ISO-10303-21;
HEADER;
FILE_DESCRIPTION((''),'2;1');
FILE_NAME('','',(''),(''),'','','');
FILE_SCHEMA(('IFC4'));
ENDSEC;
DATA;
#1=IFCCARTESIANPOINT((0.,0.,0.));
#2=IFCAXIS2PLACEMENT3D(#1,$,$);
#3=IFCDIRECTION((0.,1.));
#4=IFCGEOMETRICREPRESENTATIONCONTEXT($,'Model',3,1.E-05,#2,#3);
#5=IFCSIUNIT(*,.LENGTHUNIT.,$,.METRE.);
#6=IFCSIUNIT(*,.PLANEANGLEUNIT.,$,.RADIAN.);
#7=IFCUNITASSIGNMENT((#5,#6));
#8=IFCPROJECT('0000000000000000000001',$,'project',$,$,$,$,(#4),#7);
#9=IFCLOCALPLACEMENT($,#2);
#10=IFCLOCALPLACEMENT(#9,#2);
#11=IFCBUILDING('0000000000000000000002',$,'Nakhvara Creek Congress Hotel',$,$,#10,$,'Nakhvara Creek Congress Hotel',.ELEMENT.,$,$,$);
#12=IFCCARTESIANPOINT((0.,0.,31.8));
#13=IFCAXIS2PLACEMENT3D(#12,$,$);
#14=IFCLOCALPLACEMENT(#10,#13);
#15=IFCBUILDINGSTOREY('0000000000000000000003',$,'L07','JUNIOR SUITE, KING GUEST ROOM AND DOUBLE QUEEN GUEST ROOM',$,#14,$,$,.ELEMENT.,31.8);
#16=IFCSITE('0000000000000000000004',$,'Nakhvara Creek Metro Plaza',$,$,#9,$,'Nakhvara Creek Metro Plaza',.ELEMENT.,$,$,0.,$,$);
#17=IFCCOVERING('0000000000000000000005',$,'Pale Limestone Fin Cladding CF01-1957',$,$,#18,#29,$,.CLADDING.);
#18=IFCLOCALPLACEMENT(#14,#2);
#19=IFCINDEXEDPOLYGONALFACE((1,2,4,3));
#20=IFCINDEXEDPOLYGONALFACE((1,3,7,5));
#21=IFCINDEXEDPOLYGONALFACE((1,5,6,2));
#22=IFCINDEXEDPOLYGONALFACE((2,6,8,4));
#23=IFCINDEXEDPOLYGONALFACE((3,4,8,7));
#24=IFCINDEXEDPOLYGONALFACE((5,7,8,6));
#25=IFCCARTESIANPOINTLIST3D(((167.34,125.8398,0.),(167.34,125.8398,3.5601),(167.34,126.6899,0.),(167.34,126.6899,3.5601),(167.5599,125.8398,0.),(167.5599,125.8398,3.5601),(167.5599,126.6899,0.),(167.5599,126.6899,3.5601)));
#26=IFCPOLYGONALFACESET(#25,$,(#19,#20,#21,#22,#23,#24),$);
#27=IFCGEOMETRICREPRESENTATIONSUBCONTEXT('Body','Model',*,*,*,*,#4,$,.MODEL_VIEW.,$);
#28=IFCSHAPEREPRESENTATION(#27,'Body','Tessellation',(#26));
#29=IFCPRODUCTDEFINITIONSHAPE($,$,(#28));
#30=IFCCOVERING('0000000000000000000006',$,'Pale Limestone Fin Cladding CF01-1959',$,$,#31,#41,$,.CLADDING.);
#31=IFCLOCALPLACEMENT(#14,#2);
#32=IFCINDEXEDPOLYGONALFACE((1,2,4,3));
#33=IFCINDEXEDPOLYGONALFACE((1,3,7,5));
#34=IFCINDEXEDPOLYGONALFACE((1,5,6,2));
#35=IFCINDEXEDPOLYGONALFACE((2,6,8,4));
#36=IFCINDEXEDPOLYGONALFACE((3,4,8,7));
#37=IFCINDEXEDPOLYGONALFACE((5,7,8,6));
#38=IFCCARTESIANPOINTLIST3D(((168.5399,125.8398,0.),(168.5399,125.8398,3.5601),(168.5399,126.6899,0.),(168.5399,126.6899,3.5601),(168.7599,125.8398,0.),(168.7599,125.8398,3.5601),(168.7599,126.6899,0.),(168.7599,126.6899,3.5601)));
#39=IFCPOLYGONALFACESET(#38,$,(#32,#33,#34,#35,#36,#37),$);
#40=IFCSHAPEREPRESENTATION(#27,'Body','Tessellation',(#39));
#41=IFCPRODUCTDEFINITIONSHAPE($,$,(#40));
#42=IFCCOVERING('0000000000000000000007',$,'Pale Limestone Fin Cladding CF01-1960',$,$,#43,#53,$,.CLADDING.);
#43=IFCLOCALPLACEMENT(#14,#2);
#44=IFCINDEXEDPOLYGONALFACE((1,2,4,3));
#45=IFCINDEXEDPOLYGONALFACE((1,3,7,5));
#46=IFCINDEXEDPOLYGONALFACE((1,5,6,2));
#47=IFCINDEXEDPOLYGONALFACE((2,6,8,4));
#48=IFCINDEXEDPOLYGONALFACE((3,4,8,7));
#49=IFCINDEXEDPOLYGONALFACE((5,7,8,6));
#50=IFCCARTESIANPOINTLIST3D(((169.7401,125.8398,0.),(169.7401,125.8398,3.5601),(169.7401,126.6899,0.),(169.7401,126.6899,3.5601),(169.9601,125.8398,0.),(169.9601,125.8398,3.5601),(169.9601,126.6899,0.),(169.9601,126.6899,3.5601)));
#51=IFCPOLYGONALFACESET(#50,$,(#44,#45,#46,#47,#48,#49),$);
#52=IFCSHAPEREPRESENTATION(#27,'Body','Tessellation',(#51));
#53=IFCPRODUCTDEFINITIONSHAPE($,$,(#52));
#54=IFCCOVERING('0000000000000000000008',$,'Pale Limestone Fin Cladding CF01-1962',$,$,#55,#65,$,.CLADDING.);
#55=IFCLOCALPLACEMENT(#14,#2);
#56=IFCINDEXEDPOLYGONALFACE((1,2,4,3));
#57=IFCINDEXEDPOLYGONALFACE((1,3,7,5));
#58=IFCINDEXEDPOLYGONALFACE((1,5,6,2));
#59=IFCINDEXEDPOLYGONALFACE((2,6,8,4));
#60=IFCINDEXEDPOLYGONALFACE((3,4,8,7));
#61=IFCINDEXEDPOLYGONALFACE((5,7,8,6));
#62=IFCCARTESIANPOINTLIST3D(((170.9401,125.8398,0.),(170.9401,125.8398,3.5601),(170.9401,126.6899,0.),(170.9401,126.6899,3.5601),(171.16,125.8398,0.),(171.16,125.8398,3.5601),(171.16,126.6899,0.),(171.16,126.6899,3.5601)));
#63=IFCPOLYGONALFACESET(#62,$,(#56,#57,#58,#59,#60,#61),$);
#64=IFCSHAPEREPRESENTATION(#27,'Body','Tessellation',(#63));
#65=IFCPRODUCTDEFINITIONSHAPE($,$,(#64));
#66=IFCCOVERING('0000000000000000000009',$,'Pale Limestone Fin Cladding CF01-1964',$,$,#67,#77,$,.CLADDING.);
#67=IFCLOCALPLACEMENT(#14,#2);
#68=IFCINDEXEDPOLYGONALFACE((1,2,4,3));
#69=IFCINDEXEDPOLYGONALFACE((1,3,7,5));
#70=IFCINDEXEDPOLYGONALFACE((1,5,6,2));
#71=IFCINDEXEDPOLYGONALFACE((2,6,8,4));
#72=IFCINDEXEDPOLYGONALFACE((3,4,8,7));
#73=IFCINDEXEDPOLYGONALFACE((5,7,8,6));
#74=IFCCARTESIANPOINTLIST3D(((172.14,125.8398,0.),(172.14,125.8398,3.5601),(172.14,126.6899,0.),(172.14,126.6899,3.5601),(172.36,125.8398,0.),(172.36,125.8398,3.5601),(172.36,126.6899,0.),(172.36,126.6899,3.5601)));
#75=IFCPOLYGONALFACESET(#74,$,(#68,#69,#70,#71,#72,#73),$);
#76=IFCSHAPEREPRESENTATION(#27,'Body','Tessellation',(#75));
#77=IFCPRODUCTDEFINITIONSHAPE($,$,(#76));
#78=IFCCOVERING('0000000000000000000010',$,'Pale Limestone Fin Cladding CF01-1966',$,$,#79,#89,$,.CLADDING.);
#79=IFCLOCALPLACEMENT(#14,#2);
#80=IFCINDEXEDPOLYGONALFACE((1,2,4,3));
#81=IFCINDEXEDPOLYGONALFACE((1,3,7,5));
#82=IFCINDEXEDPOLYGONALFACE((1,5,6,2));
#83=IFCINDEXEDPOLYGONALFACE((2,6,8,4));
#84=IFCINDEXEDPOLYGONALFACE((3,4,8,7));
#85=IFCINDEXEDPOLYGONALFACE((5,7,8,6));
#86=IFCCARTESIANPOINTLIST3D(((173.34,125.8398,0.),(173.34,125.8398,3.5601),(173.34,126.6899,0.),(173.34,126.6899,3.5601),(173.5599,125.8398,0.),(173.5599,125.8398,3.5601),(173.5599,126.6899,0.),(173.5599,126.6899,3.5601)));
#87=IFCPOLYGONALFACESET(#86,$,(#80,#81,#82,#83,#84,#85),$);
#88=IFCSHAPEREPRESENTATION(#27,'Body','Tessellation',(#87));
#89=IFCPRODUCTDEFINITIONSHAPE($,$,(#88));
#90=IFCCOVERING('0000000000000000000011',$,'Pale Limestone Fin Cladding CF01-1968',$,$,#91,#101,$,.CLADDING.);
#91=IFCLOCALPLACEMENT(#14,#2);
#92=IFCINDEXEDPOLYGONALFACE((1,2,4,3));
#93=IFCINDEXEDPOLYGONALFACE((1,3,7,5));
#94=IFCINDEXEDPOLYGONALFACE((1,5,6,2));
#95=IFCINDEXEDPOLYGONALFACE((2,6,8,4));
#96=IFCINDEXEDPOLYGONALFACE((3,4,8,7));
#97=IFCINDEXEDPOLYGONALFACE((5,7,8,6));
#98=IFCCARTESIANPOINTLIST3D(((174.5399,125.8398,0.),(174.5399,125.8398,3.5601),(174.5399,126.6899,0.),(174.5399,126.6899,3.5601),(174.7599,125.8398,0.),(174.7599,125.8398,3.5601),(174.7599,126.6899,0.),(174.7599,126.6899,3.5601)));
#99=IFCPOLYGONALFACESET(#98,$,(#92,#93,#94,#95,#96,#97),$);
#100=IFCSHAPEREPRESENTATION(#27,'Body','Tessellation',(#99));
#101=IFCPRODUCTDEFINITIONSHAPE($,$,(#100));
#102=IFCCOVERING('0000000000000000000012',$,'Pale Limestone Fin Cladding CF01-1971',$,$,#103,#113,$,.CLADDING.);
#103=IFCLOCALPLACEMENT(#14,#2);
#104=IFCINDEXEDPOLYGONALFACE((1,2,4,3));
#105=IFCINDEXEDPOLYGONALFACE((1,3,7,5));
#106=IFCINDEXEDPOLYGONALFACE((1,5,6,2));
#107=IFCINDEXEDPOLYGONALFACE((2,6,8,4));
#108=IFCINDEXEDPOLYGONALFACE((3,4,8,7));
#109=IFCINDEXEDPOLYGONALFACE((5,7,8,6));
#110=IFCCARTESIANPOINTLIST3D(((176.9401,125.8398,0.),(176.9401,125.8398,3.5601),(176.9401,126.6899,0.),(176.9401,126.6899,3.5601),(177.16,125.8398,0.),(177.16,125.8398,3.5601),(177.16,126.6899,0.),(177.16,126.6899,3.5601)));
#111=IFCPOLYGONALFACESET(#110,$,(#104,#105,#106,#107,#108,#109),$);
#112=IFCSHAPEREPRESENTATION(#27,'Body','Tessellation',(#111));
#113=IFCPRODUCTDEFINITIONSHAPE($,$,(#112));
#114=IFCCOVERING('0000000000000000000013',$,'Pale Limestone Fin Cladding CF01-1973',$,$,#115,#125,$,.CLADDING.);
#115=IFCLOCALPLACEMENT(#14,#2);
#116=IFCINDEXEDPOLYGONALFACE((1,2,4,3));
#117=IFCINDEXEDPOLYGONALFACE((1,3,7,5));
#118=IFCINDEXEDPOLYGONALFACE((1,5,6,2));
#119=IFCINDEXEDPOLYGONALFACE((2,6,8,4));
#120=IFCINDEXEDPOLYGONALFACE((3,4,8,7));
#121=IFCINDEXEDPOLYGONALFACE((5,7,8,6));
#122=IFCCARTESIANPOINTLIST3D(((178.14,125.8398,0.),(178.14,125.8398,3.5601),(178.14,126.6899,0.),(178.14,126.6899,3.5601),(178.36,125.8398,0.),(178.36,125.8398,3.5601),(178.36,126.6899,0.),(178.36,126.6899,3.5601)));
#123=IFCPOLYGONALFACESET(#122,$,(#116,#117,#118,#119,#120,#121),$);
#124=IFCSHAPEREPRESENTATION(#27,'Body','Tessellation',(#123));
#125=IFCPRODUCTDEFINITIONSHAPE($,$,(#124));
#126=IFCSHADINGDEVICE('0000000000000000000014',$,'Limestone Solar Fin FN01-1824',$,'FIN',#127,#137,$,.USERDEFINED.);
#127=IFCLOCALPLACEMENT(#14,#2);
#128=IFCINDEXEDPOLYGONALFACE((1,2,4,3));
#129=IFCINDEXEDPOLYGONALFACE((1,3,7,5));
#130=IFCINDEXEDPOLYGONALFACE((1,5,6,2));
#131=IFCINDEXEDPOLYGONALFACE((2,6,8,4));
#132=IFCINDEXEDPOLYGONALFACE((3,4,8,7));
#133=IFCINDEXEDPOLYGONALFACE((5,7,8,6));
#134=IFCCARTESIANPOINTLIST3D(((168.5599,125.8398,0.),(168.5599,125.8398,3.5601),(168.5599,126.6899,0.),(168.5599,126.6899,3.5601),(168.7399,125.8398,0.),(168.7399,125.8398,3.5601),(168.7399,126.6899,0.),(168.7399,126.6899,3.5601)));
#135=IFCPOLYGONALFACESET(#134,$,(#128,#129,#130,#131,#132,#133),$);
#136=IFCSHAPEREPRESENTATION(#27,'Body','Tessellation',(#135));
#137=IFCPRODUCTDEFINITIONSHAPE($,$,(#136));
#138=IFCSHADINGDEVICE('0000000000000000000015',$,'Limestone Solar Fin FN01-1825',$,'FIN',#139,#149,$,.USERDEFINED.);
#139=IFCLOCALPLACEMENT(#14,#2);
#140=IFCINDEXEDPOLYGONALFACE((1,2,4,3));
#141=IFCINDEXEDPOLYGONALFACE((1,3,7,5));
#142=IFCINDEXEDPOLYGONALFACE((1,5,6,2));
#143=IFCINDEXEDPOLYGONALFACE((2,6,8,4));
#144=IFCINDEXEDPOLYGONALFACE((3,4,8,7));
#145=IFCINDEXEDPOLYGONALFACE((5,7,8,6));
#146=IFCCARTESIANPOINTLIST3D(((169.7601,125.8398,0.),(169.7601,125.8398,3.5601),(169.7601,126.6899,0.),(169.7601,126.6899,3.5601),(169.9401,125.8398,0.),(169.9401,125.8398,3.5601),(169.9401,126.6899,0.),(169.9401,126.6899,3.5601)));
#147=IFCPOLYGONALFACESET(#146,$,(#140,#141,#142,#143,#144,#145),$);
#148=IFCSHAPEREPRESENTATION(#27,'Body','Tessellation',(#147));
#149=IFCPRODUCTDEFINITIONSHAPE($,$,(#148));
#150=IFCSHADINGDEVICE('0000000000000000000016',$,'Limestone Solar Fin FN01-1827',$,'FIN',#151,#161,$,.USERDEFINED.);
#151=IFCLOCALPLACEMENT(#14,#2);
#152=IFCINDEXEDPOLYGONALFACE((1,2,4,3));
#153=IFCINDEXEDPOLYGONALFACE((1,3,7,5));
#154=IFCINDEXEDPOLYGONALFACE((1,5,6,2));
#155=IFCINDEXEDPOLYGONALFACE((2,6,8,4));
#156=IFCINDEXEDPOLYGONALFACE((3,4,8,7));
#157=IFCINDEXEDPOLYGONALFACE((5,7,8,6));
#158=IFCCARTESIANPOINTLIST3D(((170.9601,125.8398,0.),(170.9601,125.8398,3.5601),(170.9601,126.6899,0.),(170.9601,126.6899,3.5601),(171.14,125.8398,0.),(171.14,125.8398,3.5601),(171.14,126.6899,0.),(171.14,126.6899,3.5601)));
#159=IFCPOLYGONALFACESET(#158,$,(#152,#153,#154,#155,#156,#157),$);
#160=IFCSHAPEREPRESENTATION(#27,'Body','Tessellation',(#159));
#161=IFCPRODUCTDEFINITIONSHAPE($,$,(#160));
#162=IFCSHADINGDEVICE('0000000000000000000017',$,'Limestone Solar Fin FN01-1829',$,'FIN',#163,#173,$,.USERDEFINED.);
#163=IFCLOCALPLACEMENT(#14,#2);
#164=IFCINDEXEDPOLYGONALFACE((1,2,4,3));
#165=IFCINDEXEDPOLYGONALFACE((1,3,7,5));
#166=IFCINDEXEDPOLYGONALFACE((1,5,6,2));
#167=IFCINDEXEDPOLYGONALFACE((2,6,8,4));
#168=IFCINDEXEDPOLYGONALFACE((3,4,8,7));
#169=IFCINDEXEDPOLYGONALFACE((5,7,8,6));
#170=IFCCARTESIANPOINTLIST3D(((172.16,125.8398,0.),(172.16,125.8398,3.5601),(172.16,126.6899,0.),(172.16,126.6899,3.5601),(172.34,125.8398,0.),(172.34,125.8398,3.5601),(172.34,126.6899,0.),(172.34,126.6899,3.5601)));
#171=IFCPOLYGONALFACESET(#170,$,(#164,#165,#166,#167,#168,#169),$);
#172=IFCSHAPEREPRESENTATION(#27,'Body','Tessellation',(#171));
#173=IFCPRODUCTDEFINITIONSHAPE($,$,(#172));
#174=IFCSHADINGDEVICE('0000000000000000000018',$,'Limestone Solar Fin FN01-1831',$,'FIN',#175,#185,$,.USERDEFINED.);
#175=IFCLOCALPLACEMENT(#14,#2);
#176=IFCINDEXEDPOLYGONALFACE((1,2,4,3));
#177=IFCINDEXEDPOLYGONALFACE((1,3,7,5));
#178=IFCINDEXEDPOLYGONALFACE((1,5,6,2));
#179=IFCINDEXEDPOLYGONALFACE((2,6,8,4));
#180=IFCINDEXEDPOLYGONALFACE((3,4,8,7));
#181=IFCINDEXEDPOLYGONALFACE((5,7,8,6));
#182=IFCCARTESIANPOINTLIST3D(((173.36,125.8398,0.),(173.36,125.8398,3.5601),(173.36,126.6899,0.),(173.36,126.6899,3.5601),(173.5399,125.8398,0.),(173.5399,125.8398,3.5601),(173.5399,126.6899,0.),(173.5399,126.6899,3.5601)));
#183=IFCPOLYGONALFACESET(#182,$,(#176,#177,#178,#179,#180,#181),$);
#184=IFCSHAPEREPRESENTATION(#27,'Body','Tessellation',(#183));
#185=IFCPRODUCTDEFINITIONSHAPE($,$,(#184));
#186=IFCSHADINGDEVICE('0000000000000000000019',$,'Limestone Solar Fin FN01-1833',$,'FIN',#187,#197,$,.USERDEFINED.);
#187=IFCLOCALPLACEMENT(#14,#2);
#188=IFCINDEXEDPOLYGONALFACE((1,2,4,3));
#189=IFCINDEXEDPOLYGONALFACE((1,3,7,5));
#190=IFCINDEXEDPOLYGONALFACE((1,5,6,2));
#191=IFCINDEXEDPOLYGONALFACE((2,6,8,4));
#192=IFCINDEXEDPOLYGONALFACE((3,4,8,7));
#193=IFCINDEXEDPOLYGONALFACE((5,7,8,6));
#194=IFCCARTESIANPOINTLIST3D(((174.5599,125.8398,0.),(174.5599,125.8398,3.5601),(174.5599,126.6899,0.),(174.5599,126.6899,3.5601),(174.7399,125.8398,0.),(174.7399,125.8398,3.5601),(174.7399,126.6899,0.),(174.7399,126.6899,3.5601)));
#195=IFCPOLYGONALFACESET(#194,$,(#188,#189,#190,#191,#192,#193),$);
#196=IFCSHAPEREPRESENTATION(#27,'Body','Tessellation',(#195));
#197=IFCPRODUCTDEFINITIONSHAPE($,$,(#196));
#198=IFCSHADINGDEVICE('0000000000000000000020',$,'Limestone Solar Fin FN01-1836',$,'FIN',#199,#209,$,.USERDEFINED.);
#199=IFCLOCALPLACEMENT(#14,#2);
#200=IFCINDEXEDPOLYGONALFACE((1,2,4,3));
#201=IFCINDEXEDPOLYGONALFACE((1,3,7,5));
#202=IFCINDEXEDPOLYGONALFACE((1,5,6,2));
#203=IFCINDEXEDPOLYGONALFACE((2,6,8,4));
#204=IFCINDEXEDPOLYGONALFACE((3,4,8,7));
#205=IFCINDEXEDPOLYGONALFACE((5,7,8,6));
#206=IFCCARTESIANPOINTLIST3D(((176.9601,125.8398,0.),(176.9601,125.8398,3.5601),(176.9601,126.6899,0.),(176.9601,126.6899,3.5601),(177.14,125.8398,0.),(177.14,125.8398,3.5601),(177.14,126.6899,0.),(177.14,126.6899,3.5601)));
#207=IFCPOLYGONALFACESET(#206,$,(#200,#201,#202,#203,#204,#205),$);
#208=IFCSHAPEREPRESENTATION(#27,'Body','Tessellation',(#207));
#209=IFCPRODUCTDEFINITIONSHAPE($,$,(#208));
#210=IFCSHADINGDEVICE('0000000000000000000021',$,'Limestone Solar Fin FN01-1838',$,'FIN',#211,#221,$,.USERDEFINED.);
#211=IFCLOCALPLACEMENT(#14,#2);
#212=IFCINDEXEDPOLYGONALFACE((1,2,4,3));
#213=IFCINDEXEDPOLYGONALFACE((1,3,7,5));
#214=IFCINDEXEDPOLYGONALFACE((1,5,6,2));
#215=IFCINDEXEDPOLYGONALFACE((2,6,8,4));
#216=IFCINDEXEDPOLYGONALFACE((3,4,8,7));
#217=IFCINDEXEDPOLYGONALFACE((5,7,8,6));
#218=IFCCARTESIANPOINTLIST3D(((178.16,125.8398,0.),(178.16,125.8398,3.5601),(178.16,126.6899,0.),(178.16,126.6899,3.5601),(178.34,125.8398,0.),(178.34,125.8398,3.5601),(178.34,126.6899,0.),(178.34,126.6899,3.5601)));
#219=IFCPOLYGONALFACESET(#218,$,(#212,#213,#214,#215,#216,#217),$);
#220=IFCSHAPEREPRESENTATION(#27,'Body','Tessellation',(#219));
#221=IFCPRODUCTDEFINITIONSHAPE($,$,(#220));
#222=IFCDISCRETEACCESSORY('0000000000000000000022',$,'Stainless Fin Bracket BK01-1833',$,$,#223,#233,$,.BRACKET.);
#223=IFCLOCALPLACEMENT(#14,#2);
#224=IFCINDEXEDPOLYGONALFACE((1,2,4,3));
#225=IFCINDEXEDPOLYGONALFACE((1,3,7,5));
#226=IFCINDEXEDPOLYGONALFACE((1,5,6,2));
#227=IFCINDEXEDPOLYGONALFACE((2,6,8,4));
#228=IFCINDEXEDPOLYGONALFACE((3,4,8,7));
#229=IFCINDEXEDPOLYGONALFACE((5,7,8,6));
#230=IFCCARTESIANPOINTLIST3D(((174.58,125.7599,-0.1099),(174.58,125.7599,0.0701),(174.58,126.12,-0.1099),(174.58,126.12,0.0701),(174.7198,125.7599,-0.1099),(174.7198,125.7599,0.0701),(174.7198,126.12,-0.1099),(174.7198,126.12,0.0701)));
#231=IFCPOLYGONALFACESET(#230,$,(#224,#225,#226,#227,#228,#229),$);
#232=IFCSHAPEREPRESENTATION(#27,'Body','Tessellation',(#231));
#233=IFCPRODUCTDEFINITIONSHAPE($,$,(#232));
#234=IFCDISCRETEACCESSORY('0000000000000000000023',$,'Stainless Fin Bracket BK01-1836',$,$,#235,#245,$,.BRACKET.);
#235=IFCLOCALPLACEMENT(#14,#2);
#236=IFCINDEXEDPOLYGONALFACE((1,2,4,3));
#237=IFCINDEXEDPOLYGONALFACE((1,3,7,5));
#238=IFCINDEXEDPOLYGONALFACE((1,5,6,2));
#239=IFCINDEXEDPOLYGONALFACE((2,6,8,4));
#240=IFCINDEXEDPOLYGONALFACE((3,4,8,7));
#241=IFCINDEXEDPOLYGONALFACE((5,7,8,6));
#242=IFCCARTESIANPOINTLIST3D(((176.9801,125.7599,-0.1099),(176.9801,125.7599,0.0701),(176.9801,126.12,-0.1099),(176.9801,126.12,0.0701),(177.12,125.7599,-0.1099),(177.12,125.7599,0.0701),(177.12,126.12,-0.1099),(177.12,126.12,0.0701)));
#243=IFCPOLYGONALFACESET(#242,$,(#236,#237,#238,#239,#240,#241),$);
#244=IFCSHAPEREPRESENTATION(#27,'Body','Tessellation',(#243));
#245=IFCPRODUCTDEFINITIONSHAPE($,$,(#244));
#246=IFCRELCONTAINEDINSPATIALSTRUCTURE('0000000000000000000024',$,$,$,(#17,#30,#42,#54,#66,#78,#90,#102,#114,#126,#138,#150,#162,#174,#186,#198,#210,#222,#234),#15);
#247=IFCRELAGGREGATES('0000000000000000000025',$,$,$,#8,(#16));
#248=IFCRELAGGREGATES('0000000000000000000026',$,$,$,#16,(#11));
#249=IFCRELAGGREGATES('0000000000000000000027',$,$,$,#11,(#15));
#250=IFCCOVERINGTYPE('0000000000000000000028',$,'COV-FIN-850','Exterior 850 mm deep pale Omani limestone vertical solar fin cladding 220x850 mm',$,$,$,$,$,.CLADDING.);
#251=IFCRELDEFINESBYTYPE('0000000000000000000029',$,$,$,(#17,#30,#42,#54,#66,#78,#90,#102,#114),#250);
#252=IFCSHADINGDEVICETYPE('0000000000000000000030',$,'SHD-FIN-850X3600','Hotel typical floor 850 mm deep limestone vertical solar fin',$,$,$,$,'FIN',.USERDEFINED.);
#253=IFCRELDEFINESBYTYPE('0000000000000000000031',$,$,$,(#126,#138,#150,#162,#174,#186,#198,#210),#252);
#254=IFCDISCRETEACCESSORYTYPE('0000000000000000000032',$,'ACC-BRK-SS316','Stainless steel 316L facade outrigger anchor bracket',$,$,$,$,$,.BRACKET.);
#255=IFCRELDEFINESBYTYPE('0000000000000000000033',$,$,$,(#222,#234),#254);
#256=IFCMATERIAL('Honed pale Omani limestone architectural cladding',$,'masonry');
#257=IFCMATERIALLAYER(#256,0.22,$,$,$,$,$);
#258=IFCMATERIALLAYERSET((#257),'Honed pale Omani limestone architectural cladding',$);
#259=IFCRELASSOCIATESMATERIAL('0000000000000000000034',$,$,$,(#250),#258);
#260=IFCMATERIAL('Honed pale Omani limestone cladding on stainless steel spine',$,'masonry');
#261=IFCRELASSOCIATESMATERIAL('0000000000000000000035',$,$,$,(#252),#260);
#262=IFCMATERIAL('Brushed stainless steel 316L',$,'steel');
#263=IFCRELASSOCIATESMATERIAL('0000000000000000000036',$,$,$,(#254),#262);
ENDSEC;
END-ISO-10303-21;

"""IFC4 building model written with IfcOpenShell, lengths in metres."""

from ifc_helpers import new_model, si_unit, direction, frame, origin, origin_2d, place, context, subcontext, project, spatial, rectangle, extrude, material, layer, layer_set, type_object, element, save


model = new_model("IFC4")

# Units and contexts
model_context = context("Model", 3, precision=1e-05, world=origin(), true_north=direction((0.0, 1.0)))
body_context = subcontext(model_context, "Body", "Model", "MODEL_VIEW")
ifc_project = project(units=[si_unit("LENGTHUNIT", "METRE"), si_unit("PLANEANGLEUNIT", "RADIAN")], contexts=[model_context])

# Site, building, storey
site_placement = place(None, origin())
site = spatial("IfcSite", under=ifc_project, at=site_placement, Name="Nakhvara Creek Metro Plaza", LongName="Nakhvara Creek Metro Plaza", CompositionType="ELEMENT", RefElevation=0.0)
building_placement = place(site_placement, origin())
building = spatial("IfcBuilding", under=site, at=building_placement, Name="Nakhvara Creek Congress Hotel", LongName="Nakhvara Creek Congress Hotel", CompositionType="ELEMENT")
storey_placement = place(building_placement, frame((0.0, 0.0, 31.8)))
storey = spatial("IfcBuildingStorey", under=building, at=storey_placement, Name="L07", Description="JUNIOR SUITE, KING GUEST ROOM AND DOUBLE QUEEN GUEST ROOM", CompositionType="ELEMENT", Elevation=31.8)

# Coverings
ifc_material_1 = material(Name="Honed pale Omani limestone architectural cladding", Category="masonry")
ifc_layer = layer(ifc_material_1, 0.22)
ifc_layer_set = layer_set([ifc_layer], Name="Honed pale Omani limestone architectural cladding")
covering_type = type_object("IfcCoveringType", Name="COV-FIN-850", Description="Exterior 850 mm deep pale Omani limestone vertical solar fin cladding 220x850 mm", PredefinedType="CLADDING", material=ifc_layer_set)
for number, where, z_axis, x_axis, name in (
    (1, (167.45, 126.2649, 0.0), (0.0, 0.0, 1.0), (1.0, 0.0, 0.0), "Pale Limestone Fin Cladding CF01-1957"),
    (2, (168.6499, 126.2649, 0.0), (0.0, 0.0, 1.0), (1.0, 0.0, 0.0), "Pale Limestone Fin Cladding CF01-1959"),
    (3, (169.8501, 126.2649, 0.0), (0.0, 0.0, 1.0), (1.0, 0.0, 0.0), "Pale Limestone Fin Cladding CF01-1960"),
    (4, (171.05, 126.2649, 0.0), (0.0, 0.0, 1.0), (1.0, 0.0, 0.0), "Pale Limestone Fin Cladding CF01-1962"),
    (5, (172.25, 126.2649, 0.0), (0.0, 0.0, 1.0), (1.0, 0.0, 0.0), "Pale Limestone Fin Cladding CF01-1964"),
    (6, (173.45, 126.2649, 0.0), (0.0, 0.0, 1.0), (1.0, 0.0, 0.0), "Pale Limestone Fin Cladding CF01-1966"),
    (7, (174.6499, 126.2649, 0.0), (0.0, 0.0, 1.0), (1.0, 0.0, 0.0), "Pale Limestone Fin Cladding CF01-1968"),
    (8, (177.05, 126.2649, 0.0), (0.0, 0.0, 1.0), (1.0, 0.0, 0.0), "Pale Limestone Fin Cladding CF01-1971"),
    (9, (178.25, 126.2649, 0.0), (0.0, 0.0, 1.0), (1.0, 0.0, 0.0), "Pale Limestone Fin Cladding CF01-1973"),
):
    element("IfcCovering", number, at=place(storey_placement, frame(where, z_axis=z_axis, x_axis=x_axis)), inside=storey, type_object=covering_type, Name=name, PredefinedType="CLADDING", context=body_context, shape_type="SweptSolid", body=[
        extrude(rectangle(XDim=0.22, YDim=0.8501, at=origin_2d()), origin(), (0.0, 0.0, 1.0), 3.5601),
    ])

# Shading devices
ifc_material_2 = material(Name="Honed pale Omani limestone cladding on stainless steel spine", Category="masonry")
shading_device_type = type_object("IfcShadingDeviceType", Name="SHD-FIN-850X3600", Description="Hotel typical floor 850 mm deep limestone vertical solar fin", ElementType="FIN", PredefinedType="USERDEFINED", material=ifc_material_2)
for number, where, z_axis, x_axis, name in (
    (10, (168.6499, 126.2649, 0.0), (0.0, 0.0, 1.0), (1.0, 0.0, 0.0), "Limestone Solar Fin FN01-1824"),
    (11, (169.8501, 126.2649, 0.0), (0.0, 0.0, 1.0), (1.0, 0.0, 0.0), "Limestone Solar Fin FN01-1825"),
    (12, (171.05, 126.2649, 0.0), (0.0, 0.0, 1.0), (1.0, 0.0, 0.0), "Limestone Solar Fin FN01-1827"),
    (13, (172.25, 126.2649, 0.0), (0.0, 0.0, 1.0), (1.0, 0.0, 0.0), "Limestone Solar Fin FN01-1829"),
    (14, (173.45, 126.2649, 0.0), (0.0, 0.0, 1.0), (1.0, 0.0, 0.0), "Limestone Solar Fin FN01-1831"),
    (15, (174.6499, 126.2649, 0.0), (0.0, 0.0, 1.0), (1.0, 0.0, 0.0), "Limestone Solar Fin FN01-1833"),
    (16, (177.05, 126.2649, 0.0), (0.0, 0.0, 1.0), (1.0, 0.0, 0.0), "Limestone Solar Fin FN01-1836"),
    (17, (178.25, 126.2649, 0.0), (0.0, 0.0, 1.0), (1.0, 0.0, 0.0), "Limestone Solar Fin FN01-1838"),
):
    element("IfcShadingDevice", number, at=place(storey_placement, frame(where, z_axis=z_axis, x_axis=x_axis)), inside=storey, type_object=shading_device_type, Name=name, ObjectType="FIN", PredefinedType="USERDEFINED", context=body_context, shape_type="SweptSolid", body=[
        extrude(rectangle(XDim=0.1799, YDim=0.8501, at=origin_2d()), origin(), (0.0, 0.0, 1.0), 3.5601),
    ])

# Discrete accessories
ifc_material_3 = material(Name="Brushed stainless steel 316L", Category="steel")
discrete_accessory_type = type_object("IfcDiscreteAccessoryType", Name="ACC-BRK-SS316", Description="Stainless steel 316L facade outrigger anchor bracket", PredefinedType="BRACKET", material=ifc_material_3)
for number, where, z_axis, x_axis, name in (
    (18, (174.6499, 125.9399, -0.1099), (0.0, 0.0, 1.0), (1.0, 0.0, 0.0), "Stainless Fin Bracket BK01-1833"),
    (19, (177.05, 125.9399, -0.1099), (0.0, 0.0, 1.0), (1.0, 0.0, 0.0), "Stainless Fin Bracket BK01-1836"),
):
    element("IfcDiscreteAccessory", number, at=place(storey_placement, frame(where, z_axis=z_axis, x_axis=x_axis)), inside=storey, type_object=discrete_accessory_type, Name=name, PredefinedType="BRACKET", context=body_context, shape_type="SweptSolid", body=[
        extrude(rectangle(XDim=0.1399, YDim=0.3601, at=origin_2d()), origin(), (0.0, 0.0, 1.0), 0.1799),
    ])

save(model, "model.ifc")
